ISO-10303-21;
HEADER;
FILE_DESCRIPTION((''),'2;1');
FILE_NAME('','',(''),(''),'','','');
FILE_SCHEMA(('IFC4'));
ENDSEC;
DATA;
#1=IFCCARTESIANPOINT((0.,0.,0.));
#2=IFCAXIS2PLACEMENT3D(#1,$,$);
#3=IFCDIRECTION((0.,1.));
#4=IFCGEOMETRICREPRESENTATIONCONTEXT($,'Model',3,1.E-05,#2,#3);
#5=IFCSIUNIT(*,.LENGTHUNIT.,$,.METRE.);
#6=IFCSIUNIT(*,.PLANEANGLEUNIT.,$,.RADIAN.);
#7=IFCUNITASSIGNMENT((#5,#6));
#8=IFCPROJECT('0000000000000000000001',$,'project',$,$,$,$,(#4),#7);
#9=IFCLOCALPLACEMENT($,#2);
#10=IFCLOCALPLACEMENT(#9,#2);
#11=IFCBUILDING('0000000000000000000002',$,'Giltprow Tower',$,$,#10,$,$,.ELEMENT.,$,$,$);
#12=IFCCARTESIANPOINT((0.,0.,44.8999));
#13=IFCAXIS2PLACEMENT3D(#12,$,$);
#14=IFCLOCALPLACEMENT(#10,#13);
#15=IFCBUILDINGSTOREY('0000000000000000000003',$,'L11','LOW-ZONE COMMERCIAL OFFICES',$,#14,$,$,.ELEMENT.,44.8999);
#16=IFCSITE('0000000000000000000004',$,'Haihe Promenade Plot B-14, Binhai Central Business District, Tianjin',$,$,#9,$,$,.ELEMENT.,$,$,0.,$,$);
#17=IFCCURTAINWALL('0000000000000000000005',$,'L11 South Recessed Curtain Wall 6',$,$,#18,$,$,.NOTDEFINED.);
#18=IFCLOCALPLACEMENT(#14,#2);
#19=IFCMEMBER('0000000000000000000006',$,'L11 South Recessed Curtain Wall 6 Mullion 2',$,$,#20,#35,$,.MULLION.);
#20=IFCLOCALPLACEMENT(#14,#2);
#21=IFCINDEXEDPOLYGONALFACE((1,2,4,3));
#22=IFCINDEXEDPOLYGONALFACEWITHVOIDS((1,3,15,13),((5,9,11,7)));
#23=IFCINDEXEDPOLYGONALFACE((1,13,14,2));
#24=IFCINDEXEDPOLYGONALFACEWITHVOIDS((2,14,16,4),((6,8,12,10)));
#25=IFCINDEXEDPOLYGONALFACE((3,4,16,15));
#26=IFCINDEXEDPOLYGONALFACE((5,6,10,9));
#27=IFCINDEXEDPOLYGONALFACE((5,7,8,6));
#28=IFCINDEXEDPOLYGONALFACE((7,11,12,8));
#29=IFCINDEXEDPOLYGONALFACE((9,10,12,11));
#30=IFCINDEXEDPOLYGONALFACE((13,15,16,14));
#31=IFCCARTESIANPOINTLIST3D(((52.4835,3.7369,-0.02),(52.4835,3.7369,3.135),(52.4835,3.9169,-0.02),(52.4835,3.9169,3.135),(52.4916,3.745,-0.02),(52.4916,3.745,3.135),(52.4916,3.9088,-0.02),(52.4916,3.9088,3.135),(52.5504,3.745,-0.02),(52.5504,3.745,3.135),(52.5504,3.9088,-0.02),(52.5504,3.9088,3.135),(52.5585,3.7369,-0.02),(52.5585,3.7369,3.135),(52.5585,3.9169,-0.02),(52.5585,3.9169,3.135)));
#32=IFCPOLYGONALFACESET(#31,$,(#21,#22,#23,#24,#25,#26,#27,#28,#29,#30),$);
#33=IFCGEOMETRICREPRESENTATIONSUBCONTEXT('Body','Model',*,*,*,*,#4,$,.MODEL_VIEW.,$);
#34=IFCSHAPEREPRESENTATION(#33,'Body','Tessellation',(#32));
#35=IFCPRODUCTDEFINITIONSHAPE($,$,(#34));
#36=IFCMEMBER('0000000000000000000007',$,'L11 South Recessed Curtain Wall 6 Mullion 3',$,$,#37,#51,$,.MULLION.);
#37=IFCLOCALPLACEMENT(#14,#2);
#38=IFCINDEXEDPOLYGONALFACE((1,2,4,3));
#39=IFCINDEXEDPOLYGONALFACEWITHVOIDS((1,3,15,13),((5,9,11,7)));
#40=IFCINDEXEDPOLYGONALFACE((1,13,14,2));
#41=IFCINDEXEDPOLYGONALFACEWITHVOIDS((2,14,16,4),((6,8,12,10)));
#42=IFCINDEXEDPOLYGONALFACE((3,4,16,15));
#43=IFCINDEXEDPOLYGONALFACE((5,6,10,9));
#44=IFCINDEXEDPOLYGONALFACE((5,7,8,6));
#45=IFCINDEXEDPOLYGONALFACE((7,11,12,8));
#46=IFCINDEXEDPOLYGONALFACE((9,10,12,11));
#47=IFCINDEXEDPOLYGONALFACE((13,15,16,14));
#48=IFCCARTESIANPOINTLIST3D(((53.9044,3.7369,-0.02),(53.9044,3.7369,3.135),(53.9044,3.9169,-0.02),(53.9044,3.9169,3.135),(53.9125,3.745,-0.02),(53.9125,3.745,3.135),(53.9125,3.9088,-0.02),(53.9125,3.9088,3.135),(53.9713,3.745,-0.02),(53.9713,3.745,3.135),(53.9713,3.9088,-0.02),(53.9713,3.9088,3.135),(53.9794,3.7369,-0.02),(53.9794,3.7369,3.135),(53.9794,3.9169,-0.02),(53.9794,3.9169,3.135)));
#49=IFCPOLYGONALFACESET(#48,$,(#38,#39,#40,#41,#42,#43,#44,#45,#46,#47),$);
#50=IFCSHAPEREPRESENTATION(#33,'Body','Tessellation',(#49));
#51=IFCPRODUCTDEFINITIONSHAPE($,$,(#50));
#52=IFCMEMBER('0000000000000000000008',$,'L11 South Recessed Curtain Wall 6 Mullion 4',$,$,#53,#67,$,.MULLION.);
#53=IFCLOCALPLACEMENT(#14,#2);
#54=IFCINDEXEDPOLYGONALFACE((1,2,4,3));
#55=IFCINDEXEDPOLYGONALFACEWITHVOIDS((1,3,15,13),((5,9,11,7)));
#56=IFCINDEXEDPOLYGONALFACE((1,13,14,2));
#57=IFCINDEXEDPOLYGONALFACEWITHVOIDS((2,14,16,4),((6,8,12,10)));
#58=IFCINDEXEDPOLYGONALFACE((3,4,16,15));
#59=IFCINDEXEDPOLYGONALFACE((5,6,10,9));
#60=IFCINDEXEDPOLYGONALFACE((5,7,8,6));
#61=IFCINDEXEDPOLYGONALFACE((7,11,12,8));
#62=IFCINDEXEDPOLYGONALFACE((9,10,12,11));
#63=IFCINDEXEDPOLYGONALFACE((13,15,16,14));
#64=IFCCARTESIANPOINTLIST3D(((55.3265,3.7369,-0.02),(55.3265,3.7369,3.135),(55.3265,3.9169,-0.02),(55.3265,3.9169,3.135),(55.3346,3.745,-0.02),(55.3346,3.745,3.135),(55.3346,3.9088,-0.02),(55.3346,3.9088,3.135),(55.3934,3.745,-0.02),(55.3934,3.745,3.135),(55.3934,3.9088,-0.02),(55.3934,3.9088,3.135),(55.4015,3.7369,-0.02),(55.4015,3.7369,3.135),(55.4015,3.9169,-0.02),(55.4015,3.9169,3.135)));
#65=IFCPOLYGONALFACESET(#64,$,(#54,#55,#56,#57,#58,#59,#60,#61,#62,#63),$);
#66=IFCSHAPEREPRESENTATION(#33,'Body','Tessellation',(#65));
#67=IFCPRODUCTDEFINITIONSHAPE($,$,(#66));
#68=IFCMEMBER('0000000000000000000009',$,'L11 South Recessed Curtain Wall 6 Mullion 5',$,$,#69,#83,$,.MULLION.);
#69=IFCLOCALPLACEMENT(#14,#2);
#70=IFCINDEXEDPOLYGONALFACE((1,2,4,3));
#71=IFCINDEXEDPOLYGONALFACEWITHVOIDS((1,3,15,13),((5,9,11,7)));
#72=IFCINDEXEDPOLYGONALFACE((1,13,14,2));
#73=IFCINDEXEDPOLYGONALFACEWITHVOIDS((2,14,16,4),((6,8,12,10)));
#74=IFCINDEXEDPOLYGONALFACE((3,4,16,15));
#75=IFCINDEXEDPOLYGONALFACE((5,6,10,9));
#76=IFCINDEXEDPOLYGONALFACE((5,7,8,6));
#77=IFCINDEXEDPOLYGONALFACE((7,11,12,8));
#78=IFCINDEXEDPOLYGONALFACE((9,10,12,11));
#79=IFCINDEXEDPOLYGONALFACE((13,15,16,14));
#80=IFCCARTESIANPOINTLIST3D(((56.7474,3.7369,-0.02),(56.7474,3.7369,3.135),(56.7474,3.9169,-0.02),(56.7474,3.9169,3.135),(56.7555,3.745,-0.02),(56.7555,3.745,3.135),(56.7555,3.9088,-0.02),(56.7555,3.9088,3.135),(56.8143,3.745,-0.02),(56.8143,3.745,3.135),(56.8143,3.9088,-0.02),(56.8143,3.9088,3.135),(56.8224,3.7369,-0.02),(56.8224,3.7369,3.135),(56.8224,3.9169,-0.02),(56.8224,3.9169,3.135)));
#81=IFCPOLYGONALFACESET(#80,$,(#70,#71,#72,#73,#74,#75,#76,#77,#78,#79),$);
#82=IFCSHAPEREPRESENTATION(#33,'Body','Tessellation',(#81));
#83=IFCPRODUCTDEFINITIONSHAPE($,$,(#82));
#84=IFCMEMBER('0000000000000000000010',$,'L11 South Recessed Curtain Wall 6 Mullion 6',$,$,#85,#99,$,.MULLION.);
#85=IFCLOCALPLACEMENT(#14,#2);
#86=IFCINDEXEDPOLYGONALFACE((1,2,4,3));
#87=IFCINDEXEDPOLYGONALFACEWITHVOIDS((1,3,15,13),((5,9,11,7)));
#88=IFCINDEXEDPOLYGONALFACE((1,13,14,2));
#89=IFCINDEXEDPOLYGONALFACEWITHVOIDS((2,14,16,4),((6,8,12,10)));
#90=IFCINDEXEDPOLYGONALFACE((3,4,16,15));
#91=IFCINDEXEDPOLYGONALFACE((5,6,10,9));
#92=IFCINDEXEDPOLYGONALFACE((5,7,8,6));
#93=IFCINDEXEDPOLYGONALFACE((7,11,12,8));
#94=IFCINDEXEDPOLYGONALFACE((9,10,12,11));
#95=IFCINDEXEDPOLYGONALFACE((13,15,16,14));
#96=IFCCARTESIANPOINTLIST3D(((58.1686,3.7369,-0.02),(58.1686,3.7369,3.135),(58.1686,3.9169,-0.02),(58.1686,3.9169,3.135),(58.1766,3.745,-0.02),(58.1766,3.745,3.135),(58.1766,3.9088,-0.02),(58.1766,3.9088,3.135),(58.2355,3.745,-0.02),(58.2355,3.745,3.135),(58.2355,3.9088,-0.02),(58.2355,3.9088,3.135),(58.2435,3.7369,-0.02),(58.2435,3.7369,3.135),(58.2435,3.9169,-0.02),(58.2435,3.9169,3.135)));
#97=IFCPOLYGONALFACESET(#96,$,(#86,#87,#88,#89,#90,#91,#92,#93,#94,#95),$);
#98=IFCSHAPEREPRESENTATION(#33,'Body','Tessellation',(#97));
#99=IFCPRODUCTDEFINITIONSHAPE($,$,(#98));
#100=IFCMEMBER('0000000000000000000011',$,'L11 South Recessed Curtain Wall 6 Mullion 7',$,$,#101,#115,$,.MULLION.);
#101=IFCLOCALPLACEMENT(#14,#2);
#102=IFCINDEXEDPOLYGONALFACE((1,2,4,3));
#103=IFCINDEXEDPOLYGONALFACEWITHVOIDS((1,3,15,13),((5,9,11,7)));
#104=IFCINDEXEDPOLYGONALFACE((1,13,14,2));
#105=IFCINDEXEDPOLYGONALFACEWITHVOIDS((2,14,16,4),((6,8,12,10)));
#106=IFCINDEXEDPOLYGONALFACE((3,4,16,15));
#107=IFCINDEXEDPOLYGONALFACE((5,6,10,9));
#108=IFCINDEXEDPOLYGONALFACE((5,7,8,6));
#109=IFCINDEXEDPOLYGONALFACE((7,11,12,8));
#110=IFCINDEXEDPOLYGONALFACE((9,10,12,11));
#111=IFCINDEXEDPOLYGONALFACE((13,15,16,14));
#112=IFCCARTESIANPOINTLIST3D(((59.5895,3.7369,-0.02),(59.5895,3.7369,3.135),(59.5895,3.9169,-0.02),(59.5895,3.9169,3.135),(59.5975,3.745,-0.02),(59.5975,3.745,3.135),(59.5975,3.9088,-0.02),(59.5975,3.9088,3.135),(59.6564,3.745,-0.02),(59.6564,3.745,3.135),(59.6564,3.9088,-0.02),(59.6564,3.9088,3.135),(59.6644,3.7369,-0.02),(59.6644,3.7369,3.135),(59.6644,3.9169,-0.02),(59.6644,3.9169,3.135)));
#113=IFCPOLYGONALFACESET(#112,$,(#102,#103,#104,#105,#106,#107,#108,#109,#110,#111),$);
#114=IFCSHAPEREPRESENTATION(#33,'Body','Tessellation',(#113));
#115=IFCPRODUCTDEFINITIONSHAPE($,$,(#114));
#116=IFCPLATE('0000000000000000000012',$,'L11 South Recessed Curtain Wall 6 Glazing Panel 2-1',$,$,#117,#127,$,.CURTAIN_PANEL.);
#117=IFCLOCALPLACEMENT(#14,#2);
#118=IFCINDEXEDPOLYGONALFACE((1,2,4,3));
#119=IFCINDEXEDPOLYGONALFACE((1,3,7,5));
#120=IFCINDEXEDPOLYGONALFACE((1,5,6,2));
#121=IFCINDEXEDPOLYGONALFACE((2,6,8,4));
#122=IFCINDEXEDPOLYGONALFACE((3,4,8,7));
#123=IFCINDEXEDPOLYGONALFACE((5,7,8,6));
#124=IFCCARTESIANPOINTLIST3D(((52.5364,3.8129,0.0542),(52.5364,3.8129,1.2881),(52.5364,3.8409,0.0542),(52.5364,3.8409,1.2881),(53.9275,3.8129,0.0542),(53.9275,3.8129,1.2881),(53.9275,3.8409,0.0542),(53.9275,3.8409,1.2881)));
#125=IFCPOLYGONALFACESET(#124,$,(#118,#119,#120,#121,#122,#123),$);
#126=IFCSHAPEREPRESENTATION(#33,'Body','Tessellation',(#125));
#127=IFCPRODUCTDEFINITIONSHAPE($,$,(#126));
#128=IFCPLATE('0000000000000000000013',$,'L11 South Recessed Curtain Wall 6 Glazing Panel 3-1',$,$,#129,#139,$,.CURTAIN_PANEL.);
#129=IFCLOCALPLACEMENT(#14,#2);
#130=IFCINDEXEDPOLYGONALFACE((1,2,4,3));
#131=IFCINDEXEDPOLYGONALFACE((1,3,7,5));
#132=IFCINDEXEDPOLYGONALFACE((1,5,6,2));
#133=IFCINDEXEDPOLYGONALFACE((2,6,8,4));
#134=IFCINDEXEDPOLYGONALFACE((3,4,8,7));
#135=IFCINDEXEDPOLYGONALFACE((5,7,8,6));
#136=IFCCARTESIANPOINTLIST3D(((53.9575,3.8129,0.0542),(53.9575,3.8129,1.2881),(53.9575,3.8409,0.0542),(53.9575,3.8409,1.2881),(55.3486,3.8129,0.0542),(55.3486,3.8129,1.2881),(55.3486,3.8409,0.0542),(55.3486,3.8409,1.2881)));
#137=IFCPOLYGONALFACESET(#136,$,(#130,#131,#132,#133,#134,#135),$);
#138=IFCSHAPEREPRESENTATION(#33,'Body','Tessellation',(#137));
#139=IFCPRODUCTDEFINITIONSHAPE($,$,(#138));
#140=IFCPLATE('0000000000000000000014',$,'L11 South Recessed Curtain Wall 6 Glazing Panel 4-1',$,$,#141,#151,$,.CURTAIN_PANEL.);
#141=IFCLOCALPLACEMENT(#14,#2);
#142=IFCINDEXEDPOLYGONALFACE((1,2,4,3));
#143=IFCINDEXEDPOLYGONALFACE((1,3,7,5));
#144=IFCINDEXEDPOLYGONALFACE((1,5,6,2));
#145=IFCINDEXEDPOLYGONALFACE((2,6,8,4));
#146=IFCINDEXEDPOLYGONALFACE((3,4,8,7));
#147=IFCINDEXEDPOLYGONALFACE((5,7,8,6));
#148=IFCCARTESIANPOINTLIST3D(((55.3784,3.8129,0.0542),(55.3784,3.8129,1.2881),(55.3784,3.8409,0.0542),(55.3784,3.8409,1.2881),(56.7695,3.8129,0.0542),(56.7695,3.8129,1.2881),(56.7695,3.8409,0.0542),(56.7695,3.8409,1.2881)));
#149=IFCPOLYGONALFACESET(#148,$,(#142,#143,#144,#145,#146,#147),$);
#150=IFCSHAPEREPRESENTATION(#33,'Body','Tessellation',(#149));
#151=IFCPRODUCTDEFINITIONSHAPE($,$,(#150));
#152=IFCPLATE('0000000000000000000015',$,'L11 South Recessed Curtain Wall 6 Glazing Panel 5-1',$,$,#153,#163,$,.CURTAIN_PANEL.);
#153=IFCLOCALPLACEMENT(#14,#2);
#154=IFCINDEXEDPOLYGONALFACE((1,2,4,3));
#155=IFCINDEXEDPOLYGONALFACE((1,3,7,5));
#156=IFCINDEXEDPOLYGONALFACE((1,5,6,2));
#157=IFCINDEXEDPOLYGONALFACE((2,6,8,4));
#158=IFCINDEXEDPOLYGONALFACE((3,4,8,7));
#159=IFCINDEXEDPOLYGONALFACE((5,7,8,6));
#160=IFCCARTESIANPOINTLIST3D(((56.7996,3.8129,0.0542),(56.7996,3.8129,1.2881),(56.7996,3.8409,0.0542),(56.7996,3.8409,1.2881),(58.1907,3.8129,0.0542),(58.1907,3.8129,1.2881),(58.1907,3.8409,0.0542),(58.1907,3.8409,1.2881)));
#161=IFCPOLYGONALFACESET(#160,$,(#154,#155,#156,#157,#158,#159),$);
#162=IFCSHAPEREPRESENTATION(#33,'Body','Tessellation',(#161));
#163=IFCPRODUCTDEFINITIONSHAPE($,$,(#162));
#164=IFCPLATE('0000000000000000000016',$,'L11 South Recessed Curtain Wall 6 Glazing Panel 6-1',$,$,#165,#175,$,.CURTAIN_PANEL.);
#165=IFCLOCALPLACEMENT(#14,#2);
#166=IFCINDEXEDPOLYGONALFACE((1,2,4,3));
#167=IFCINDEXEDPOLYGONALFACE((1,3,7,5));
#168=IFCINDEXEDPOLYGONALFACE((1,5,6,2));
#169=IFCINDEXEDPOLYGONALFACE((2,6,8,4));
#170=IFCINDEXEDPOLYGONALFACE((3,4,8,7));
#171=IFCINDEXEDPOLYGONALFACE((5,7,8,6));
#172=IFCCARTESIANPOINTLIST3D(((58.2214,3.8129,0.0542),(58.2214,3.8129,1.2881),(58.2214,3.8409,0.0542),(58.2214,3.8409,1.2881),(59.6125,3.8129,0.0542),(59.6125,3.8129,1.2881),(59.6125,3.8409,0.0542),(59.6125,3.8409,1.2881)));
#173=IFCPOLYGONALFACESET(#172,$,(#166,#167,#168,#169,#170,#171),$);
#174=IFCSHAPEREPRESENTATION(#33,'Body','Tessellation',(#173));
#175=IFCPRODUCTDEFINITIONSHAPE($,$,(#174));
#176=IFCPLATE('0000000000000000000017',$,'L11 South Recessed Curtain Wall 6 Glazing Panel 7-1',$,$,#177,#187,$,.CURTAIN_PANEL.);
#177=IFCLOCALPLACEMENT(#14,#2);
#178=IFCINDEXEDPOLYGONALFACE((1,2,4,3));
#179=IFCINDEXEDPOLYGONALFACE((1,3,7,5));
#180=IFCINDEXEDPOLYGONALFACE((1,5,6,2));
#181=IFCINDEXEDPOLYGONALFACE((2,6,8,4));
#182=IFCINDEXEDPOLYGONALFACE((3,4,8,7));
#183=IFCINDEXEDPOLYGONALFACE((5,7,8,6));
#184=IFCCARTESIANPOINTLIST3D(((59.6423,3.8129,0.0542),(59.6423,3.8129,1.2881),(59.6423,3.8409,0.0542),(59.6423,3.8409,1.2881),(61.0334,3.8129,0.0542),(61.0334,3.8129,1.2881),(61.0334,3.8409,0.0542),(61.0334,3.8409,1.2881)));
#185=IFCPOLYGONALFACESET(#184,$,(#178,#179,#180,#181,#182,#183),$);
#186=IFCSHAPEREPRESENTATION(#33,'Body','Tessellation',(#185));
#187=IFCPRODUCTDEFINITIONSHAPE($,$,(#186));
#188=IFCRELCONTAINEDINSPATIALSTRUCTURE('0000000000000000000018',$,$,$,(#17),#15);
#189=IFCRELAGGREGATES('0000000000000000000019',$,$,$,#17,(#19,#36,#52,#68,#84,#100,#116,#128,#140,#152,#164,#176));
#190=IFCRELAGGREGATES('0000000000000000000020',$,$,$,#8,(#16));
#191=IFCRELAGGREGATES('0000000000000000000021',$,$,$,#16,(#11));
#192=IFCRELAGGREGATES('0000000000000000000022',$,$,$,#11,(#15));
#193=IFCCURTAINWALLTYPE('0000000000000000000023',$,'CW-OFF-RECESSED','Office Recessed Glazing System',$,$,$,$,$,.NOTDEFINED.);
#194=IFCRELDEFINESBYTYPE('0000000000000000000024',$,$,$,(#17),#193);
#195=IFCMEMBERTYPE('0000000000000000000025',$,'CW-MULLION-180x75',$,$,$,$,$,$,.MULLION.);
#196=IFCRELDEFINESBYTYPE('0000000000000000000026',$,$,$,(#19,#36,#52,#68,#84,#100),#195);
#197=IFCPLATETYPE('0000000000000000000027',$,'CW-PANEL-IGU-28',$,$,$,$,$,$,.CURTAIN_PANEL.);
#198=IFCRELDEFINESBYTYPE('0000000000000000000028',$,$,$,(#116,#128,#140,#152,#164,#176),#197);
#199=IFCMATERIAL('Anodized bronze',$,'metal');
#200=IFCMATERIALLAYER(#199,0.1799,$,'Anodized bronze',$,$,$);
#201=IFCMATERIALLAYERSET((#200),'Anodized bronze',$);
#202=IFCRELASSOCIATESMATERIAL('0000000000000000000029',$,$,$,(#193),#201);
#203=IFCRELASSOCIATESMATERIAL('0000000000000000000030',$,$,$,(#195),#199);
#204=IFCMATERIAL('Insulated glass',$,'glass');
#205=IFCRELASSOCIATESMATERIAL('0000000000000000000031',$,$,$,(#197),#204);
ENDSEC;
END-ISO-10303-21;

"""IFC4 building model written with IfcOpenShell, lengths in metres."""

from ifc_helpers import new_model, si_unit, direction, frame, origin, origin_2d, place, context, subcontext, project, spatial, rectangle, hollow_rectangle, extrude, source, transform, mapped, material, layer, layer_set, material_profile, profile_set, type_object, element, aggregate, save


model = new_model("IFC4")

# Units and contexts
model_context = context("Model", 3, precision=1e-05, world=origin(), true_north=direction((0.0, 1.0)))
body_context = subcontext(model_context, "Body", "Model", "MODEL_VIEW")
ifc_project = project(units=[si_unit("LENGTHUNIT", "METRE"), si_unit("PLANEANGLEUNIT", "RADIAN")], contexts=[model_context])

# Site, building, storey
site_placement = place(None, origin())
site = spatial("IfcSite", under=ifc_project, at=site_placement, Name="Haihe Promenade Plot B-14, Binhai Central Business District, Tianjin", CompositionType="ELEMENT", RefElevation=0.0)
building_placement = place(site_placement, origin())
building = spatial("IfcBuilding", under=site, at=building_placement, Name="Giltprow Tower", CompositionType="ELEMENT")
storey_placement = place(building_placement, frame((0.0, 0.0, 44.8999)))
storey = spatial("IfcBuildingStorey", under=building, at=storey_placement, Name="L11", Description="LOW-ZONE COMMERCIAL OFFICES", CompositionType="ELEMENT", Elevation=44.8999)

# Curtain wall, members, plates
ifc_material_1 = material(Name="Anodized bronze", Category="metal")
ifc_layer = layer(ifc_material_1, 0.1799, Name="Anodized bronze")
ifc_layer_set = layer_set([ifc_layer], Name="Anodized bronze")
curtain_wall_type = type_object("IfcCurtainWallType", Name="CW-OFF-RECESSED", Description="Office Recessed Glazing System", PredefinedType="NOTDEFINED", material=ifc_layer_set)
curtain_wall_placement = place(storey_placement, origin())
curtain_wall = element("IfcCurtainWall", 1, at=curtain_wall_placement, inside=storey, type_object=curtain_wall_type, Name="L11 South Recessed Curtain Wall 6", PredefinedType="NOTDEFINED")
ifc_material_profile = material_profile(ifc_material_1, hollow_rectangle(XDim=0.075, YDim=0.1799, WallThickness=0.0081, at=origin_2d()), Name="RHS 180x75x8")
ifc_profile_set = profile_set([ifc_material_profile], Name="Anodized bronze")
member_type = type_object("IfcMemberType", Name="CW-MULLION-180x75", PredefinedType="MULLION", material=ifc_profile_set)
shared_shape_1 = source(origin(), body_context, "Body", "SweptSolid", [
    extrude(hollow_rectangle(XDim=0.075, YDim=0.1799, WallThickness=0.0081, at=origin_2d()), origin(), (0.0, 0.0, 1.0), 3.155),
])
member_1_placement = place(storey_placement, frame((52.521, 3.8269, -0.02), z_axis=(0.0, 0.0, 1.0), x_axis=(1.0, 0.0, 0.0)))
member_1 = element("IfcMember", 2, at=member_1_placement, type_object=member_type, Name="L11 South Recessed Curtain Wall 6 Mullion 2", PredefinedType="MULLION", context=body_context, shape_type="MappedRepresentation", body=[
    mapped(shared_shape_1, transform((0.0, 0.0, 0.0), x_axis=(1.0, 0.0, 0.0), y_axis=(0.0, 1.0, 0.0), z_axis=(0.0, 0.0, 1.0), scale=1.0)),
])
member_2_placement = place(storey_placement, frame((53.9419, 3.8269, -0.02), z_axis=(0.0, 0.0, 1.0), x_axis=(1.0, 0.0, 0.0)))
member_2 = element("IfcMember", 3, at=member_2_placement, type_object=member_type, Name="L11 South Recessed Curtain Wall 6 Mullion 3", PredefinedType="MULLION", context=body_context, shape_type="MappedRepresentation", body=[
    mapped(shared_shape_1, transform((0.0, 0.0, 0.0), x_axis=(1.0, 0.0, 0.0), y_axis=(0.0, 1.0, 0.0), z_axis=(0.0, 0.0, 1.0), scale=1.0)),
])
member_3_placement = place(storey_placement, frame((55.364, 3.8269, -0.02), z_axis=(0.0, 0.0, 1.0), x_axis=(1.0, 0.0, 0.0)))
member_3 = element("IfcMember", 4, at=member_3_placement, type_object=member_type, Name="L11 South Recessed Curtain Wall 6 Mullion 4", PredefinedType="MULLION", context=body_context, shape_type="MappedRepresentation", body=[
    mapped(shared_shape_1, transform((0.0, 0.0, 0.0), x_axis=(1.0, 0.0, 0.0), y_axis=(0.0, 1.0, 0.0), z_axis=(0.0, 0.0, 1.0), scale=1.0)),
])
member_4_placement = place(storey_placement, frame((56.7849, 3.8269, -0.02), z_axis=(0.0, 0.0, 1.0), x_axis=(1.0, 0.0, 0.0)))
member_4 = element("IfcMember", 5, at=member_4_placement, type_object=member_type, Name="L11 South Recessed Curtain Wall 6 Mullion 5", PredefinedType="MULLION", context=body_context, shape_type="MappedRepresentation", body=[
    mapped(shared_shape_1, transform((0.0, 0.0, 0.0), x_axis=(1.0, 0.0, 0.0), y_axis=(0.0, 1.0, 0.0), z_axis=(0.0, 0.0, 1.0), scale=1.0)),
])
member_5_placement = place(storey_placement, frame((58.2061, 3.8269, -0.02), z_axis=(0.0, 0.0, 1.0), x_axis=(1.0, 0.0, 0.0)))
member_5 = element("IfcMember", 6, at=member_5_placement, type_object=member_type, Name="L11 South Recessed Curtain Wall 6 Mullion 6", PredefinedType="MULLION", context=body_context, shape_type="MappedRepresentation", body=[
    mapped(shared_shape_1, transform((0.0, 0.0, 0.0), x_axis=(1.0, 0.0, 0.0), y_axis=(0.0, 1.0, 0.0), z_axis=(0.0, 0.0, 1.0), scale=1.0)),
])
member_6_placement = place(storey_placement, frame((59.627, 3.8269, -0.02), z_axis=(0.0, 0.0, 1.0), x_axis=(1.0, 0.0, 0.0)))
member_6 = element("IfcMember", 7, at=member_6_placement, type_object=member_type, Name="L11 South Recessed Curtain Wall 6 Mullion 7", PredefinedType="MULLION", context=body_context, shape_type="MappedRepresentation", body=[
    mapped(shared_shape_1, transform((0.0, 0.0, 0.0), x_axis=(1.0, 0.0, 0.0), y_axis=(0.0, 1.0, 0.0), z_axis=(0.0, 0.0, 1.0), scale=1.0)),
])
ifc_material_2 = material(Name="Insulated glass", Category="glass")
plate_type = type_object("IfcPlateType", Name="CW-PANEL-IGU-28", PredefinedType="CURTAIN_PANEL", material=ifc_material_2)
shared_shape_2 = source(origin(), body_context, "Body", "SweptSolid", [
    extrude(rectangle(XDim=1.3911, YDim=0.0281, at=origin_2d()), origin(), (0.0, 0.0, 1.0), 1.2339),
])
plate_1_placement = place(storey_placement, frame((53.2319, 3.8269, 0.0542), z_axis=(0.0, 0.0, 1.0), x_axis=(1.0, 0.0, 0.0)))
plate_1 = element("IfcPlate", 8, at=plate_1_placement, type_object=plate_type, Name="L11 South Recessed Curtain Wall 6 Glazing Panel 2-1", PredefinedType="CURTAIN_PANEL", context=body_context, shape_type="MappedRepresentation", body=[
    mapped(shared_shape_2, transform((0.0, 0.0, 0.0), x_axis=(1.0, 0.0, 0.0), y_axis=(0.0, 1.0, 0.0), z_axis=(0.0, 0.0, 1.0), scale=1.0)),
])
plate_2_placement = place(storey_placement, frame((54.6531, 3.8269, 0.0542), z_axis=(0.0, 0.0, 1.0), x_axis=(1.0, 0.0, 0.0)))
plate_2 = element("IfcPlate", 9, at=plate_2_placement, type_object=plate_type, Name="L11 South Recessed Curtain Wall 6 Glazing Panel 3-1", PredefinedType="CURTAIN_PANEL", context=body_context, shape_type="MappedRepresentation", body=[
    mapped(shared_shape_2, transform((0.0, 0.0, 0.0), x_axis=(1.0, 0.0, 0.0), y_axis=(0.0, 1.0, 0.0), z_axis=(0.0, 0.0, 1.0), scale=1.0)),
])
plate_3_placement = place(storey_placement, frame((56.074, 3.8269, 0.0542), z_axis=(0.0, 0.0, 1.0), x_axis=(1.0, 0.0, 0.0)))
plate_3 = element("IfcPlate", 10, at=plate_3_placement, type_object=plate_type, Name="L11 South Recessed Curtain Wall 6 Glazing Panel 4-1", PredefinedType="CURTAIN_PANEL", context=body_context, shape_type="MappedRepresentation", body=[
    mapped(shared_shape_2, transform((0.0, 0.0, 0.0), x_axis=(1.0, 0.0, 0.0), y_axis=(0.0, 1.0, 0.0), z_axis=(0.0, 0.0, 1.0), scale=1.0)),
])
plate_4_placement = place(storey_placement, frame((57.4951, 3.8269, 0.0542), z_axis=(0.0, 0.0, 1.0), x_axis=(1.0, 0.0, 0.0)))
plate_4 = element("IfcPlate", 11, at=plate_4_placement, type_object=plate_type, Name="L11 South Recessed Curtain Wall 6 Glazing Panel 5-1", PredefinedType="CURTAIN_PANEL", context=body_context, shape_type="MappedRepresentation", body=[
    mapped(shared_shape_2, transform((0.0, 0.0, 0.0), x_axis=(1.0, 0.0, 0.0), y_axis=(0.0, 1.0, 0.0), z_axis=(0.0, 0.0, 1.0), scale=1.0)),
])
plate_5_placement = place(storey_placement, frame((58.917, 3.8269, 0.0542), z_axis=(0.0, 0.0, 1.0), x_axis=(1.0, 0.0, 0.0)))
plate_5 = element("IfcPlate", 12, at=plate_5_placement, type_object=plate_type, Name="L11 South Recessed Curtain Wall 6 Glazing Panel 6-1", PredefinedType="CURTAIN_PANEL", context=body_context, shape_type="MappedRepresentation", body=[
    mapped(shared_shape_2, transform((0.0, 0.0, 0.0), x_axis=(1.0, 0.0, 0.0), y_axis=(0.0, 1.0, 0.0), z_axis=(0.0, 0.0, 1.0), scale=1.0)),
])
plate_6_placement = place(storey_placement, frame((60.3379, 3.8269, 0.0542), z_axis=(0.0, 0.0, 1.0), x_axis=(1.0, 0.0, 0.0)))
plate_6 = element("IfcPlate", 13, at=plate_6_placement, type_object=plate_type, Name="L11 South Recessed Curtain Wall 6 Glazing Panel 7-1", PredefinedType="CURTAIN_PANEL", context=body_context, shape_type="MappedRepresentation", body=[
    mapped(shared_shape_2, transform((0.0, 0.0, 0.0), x_axis=(1.0, 0.0, 0.0), y_axis=(0.0, 1.0, 0.0), z_axis=(0.0, 0.0, 1.0), scale=1.0)),
])
aggregate(curtain_wall, [member_1, member_2, member_3, member_4, member_5, member_6, plate_1, plate_2, plate_3, plate_4, plate_5, plate_6])

save(model, "model.ifc")
